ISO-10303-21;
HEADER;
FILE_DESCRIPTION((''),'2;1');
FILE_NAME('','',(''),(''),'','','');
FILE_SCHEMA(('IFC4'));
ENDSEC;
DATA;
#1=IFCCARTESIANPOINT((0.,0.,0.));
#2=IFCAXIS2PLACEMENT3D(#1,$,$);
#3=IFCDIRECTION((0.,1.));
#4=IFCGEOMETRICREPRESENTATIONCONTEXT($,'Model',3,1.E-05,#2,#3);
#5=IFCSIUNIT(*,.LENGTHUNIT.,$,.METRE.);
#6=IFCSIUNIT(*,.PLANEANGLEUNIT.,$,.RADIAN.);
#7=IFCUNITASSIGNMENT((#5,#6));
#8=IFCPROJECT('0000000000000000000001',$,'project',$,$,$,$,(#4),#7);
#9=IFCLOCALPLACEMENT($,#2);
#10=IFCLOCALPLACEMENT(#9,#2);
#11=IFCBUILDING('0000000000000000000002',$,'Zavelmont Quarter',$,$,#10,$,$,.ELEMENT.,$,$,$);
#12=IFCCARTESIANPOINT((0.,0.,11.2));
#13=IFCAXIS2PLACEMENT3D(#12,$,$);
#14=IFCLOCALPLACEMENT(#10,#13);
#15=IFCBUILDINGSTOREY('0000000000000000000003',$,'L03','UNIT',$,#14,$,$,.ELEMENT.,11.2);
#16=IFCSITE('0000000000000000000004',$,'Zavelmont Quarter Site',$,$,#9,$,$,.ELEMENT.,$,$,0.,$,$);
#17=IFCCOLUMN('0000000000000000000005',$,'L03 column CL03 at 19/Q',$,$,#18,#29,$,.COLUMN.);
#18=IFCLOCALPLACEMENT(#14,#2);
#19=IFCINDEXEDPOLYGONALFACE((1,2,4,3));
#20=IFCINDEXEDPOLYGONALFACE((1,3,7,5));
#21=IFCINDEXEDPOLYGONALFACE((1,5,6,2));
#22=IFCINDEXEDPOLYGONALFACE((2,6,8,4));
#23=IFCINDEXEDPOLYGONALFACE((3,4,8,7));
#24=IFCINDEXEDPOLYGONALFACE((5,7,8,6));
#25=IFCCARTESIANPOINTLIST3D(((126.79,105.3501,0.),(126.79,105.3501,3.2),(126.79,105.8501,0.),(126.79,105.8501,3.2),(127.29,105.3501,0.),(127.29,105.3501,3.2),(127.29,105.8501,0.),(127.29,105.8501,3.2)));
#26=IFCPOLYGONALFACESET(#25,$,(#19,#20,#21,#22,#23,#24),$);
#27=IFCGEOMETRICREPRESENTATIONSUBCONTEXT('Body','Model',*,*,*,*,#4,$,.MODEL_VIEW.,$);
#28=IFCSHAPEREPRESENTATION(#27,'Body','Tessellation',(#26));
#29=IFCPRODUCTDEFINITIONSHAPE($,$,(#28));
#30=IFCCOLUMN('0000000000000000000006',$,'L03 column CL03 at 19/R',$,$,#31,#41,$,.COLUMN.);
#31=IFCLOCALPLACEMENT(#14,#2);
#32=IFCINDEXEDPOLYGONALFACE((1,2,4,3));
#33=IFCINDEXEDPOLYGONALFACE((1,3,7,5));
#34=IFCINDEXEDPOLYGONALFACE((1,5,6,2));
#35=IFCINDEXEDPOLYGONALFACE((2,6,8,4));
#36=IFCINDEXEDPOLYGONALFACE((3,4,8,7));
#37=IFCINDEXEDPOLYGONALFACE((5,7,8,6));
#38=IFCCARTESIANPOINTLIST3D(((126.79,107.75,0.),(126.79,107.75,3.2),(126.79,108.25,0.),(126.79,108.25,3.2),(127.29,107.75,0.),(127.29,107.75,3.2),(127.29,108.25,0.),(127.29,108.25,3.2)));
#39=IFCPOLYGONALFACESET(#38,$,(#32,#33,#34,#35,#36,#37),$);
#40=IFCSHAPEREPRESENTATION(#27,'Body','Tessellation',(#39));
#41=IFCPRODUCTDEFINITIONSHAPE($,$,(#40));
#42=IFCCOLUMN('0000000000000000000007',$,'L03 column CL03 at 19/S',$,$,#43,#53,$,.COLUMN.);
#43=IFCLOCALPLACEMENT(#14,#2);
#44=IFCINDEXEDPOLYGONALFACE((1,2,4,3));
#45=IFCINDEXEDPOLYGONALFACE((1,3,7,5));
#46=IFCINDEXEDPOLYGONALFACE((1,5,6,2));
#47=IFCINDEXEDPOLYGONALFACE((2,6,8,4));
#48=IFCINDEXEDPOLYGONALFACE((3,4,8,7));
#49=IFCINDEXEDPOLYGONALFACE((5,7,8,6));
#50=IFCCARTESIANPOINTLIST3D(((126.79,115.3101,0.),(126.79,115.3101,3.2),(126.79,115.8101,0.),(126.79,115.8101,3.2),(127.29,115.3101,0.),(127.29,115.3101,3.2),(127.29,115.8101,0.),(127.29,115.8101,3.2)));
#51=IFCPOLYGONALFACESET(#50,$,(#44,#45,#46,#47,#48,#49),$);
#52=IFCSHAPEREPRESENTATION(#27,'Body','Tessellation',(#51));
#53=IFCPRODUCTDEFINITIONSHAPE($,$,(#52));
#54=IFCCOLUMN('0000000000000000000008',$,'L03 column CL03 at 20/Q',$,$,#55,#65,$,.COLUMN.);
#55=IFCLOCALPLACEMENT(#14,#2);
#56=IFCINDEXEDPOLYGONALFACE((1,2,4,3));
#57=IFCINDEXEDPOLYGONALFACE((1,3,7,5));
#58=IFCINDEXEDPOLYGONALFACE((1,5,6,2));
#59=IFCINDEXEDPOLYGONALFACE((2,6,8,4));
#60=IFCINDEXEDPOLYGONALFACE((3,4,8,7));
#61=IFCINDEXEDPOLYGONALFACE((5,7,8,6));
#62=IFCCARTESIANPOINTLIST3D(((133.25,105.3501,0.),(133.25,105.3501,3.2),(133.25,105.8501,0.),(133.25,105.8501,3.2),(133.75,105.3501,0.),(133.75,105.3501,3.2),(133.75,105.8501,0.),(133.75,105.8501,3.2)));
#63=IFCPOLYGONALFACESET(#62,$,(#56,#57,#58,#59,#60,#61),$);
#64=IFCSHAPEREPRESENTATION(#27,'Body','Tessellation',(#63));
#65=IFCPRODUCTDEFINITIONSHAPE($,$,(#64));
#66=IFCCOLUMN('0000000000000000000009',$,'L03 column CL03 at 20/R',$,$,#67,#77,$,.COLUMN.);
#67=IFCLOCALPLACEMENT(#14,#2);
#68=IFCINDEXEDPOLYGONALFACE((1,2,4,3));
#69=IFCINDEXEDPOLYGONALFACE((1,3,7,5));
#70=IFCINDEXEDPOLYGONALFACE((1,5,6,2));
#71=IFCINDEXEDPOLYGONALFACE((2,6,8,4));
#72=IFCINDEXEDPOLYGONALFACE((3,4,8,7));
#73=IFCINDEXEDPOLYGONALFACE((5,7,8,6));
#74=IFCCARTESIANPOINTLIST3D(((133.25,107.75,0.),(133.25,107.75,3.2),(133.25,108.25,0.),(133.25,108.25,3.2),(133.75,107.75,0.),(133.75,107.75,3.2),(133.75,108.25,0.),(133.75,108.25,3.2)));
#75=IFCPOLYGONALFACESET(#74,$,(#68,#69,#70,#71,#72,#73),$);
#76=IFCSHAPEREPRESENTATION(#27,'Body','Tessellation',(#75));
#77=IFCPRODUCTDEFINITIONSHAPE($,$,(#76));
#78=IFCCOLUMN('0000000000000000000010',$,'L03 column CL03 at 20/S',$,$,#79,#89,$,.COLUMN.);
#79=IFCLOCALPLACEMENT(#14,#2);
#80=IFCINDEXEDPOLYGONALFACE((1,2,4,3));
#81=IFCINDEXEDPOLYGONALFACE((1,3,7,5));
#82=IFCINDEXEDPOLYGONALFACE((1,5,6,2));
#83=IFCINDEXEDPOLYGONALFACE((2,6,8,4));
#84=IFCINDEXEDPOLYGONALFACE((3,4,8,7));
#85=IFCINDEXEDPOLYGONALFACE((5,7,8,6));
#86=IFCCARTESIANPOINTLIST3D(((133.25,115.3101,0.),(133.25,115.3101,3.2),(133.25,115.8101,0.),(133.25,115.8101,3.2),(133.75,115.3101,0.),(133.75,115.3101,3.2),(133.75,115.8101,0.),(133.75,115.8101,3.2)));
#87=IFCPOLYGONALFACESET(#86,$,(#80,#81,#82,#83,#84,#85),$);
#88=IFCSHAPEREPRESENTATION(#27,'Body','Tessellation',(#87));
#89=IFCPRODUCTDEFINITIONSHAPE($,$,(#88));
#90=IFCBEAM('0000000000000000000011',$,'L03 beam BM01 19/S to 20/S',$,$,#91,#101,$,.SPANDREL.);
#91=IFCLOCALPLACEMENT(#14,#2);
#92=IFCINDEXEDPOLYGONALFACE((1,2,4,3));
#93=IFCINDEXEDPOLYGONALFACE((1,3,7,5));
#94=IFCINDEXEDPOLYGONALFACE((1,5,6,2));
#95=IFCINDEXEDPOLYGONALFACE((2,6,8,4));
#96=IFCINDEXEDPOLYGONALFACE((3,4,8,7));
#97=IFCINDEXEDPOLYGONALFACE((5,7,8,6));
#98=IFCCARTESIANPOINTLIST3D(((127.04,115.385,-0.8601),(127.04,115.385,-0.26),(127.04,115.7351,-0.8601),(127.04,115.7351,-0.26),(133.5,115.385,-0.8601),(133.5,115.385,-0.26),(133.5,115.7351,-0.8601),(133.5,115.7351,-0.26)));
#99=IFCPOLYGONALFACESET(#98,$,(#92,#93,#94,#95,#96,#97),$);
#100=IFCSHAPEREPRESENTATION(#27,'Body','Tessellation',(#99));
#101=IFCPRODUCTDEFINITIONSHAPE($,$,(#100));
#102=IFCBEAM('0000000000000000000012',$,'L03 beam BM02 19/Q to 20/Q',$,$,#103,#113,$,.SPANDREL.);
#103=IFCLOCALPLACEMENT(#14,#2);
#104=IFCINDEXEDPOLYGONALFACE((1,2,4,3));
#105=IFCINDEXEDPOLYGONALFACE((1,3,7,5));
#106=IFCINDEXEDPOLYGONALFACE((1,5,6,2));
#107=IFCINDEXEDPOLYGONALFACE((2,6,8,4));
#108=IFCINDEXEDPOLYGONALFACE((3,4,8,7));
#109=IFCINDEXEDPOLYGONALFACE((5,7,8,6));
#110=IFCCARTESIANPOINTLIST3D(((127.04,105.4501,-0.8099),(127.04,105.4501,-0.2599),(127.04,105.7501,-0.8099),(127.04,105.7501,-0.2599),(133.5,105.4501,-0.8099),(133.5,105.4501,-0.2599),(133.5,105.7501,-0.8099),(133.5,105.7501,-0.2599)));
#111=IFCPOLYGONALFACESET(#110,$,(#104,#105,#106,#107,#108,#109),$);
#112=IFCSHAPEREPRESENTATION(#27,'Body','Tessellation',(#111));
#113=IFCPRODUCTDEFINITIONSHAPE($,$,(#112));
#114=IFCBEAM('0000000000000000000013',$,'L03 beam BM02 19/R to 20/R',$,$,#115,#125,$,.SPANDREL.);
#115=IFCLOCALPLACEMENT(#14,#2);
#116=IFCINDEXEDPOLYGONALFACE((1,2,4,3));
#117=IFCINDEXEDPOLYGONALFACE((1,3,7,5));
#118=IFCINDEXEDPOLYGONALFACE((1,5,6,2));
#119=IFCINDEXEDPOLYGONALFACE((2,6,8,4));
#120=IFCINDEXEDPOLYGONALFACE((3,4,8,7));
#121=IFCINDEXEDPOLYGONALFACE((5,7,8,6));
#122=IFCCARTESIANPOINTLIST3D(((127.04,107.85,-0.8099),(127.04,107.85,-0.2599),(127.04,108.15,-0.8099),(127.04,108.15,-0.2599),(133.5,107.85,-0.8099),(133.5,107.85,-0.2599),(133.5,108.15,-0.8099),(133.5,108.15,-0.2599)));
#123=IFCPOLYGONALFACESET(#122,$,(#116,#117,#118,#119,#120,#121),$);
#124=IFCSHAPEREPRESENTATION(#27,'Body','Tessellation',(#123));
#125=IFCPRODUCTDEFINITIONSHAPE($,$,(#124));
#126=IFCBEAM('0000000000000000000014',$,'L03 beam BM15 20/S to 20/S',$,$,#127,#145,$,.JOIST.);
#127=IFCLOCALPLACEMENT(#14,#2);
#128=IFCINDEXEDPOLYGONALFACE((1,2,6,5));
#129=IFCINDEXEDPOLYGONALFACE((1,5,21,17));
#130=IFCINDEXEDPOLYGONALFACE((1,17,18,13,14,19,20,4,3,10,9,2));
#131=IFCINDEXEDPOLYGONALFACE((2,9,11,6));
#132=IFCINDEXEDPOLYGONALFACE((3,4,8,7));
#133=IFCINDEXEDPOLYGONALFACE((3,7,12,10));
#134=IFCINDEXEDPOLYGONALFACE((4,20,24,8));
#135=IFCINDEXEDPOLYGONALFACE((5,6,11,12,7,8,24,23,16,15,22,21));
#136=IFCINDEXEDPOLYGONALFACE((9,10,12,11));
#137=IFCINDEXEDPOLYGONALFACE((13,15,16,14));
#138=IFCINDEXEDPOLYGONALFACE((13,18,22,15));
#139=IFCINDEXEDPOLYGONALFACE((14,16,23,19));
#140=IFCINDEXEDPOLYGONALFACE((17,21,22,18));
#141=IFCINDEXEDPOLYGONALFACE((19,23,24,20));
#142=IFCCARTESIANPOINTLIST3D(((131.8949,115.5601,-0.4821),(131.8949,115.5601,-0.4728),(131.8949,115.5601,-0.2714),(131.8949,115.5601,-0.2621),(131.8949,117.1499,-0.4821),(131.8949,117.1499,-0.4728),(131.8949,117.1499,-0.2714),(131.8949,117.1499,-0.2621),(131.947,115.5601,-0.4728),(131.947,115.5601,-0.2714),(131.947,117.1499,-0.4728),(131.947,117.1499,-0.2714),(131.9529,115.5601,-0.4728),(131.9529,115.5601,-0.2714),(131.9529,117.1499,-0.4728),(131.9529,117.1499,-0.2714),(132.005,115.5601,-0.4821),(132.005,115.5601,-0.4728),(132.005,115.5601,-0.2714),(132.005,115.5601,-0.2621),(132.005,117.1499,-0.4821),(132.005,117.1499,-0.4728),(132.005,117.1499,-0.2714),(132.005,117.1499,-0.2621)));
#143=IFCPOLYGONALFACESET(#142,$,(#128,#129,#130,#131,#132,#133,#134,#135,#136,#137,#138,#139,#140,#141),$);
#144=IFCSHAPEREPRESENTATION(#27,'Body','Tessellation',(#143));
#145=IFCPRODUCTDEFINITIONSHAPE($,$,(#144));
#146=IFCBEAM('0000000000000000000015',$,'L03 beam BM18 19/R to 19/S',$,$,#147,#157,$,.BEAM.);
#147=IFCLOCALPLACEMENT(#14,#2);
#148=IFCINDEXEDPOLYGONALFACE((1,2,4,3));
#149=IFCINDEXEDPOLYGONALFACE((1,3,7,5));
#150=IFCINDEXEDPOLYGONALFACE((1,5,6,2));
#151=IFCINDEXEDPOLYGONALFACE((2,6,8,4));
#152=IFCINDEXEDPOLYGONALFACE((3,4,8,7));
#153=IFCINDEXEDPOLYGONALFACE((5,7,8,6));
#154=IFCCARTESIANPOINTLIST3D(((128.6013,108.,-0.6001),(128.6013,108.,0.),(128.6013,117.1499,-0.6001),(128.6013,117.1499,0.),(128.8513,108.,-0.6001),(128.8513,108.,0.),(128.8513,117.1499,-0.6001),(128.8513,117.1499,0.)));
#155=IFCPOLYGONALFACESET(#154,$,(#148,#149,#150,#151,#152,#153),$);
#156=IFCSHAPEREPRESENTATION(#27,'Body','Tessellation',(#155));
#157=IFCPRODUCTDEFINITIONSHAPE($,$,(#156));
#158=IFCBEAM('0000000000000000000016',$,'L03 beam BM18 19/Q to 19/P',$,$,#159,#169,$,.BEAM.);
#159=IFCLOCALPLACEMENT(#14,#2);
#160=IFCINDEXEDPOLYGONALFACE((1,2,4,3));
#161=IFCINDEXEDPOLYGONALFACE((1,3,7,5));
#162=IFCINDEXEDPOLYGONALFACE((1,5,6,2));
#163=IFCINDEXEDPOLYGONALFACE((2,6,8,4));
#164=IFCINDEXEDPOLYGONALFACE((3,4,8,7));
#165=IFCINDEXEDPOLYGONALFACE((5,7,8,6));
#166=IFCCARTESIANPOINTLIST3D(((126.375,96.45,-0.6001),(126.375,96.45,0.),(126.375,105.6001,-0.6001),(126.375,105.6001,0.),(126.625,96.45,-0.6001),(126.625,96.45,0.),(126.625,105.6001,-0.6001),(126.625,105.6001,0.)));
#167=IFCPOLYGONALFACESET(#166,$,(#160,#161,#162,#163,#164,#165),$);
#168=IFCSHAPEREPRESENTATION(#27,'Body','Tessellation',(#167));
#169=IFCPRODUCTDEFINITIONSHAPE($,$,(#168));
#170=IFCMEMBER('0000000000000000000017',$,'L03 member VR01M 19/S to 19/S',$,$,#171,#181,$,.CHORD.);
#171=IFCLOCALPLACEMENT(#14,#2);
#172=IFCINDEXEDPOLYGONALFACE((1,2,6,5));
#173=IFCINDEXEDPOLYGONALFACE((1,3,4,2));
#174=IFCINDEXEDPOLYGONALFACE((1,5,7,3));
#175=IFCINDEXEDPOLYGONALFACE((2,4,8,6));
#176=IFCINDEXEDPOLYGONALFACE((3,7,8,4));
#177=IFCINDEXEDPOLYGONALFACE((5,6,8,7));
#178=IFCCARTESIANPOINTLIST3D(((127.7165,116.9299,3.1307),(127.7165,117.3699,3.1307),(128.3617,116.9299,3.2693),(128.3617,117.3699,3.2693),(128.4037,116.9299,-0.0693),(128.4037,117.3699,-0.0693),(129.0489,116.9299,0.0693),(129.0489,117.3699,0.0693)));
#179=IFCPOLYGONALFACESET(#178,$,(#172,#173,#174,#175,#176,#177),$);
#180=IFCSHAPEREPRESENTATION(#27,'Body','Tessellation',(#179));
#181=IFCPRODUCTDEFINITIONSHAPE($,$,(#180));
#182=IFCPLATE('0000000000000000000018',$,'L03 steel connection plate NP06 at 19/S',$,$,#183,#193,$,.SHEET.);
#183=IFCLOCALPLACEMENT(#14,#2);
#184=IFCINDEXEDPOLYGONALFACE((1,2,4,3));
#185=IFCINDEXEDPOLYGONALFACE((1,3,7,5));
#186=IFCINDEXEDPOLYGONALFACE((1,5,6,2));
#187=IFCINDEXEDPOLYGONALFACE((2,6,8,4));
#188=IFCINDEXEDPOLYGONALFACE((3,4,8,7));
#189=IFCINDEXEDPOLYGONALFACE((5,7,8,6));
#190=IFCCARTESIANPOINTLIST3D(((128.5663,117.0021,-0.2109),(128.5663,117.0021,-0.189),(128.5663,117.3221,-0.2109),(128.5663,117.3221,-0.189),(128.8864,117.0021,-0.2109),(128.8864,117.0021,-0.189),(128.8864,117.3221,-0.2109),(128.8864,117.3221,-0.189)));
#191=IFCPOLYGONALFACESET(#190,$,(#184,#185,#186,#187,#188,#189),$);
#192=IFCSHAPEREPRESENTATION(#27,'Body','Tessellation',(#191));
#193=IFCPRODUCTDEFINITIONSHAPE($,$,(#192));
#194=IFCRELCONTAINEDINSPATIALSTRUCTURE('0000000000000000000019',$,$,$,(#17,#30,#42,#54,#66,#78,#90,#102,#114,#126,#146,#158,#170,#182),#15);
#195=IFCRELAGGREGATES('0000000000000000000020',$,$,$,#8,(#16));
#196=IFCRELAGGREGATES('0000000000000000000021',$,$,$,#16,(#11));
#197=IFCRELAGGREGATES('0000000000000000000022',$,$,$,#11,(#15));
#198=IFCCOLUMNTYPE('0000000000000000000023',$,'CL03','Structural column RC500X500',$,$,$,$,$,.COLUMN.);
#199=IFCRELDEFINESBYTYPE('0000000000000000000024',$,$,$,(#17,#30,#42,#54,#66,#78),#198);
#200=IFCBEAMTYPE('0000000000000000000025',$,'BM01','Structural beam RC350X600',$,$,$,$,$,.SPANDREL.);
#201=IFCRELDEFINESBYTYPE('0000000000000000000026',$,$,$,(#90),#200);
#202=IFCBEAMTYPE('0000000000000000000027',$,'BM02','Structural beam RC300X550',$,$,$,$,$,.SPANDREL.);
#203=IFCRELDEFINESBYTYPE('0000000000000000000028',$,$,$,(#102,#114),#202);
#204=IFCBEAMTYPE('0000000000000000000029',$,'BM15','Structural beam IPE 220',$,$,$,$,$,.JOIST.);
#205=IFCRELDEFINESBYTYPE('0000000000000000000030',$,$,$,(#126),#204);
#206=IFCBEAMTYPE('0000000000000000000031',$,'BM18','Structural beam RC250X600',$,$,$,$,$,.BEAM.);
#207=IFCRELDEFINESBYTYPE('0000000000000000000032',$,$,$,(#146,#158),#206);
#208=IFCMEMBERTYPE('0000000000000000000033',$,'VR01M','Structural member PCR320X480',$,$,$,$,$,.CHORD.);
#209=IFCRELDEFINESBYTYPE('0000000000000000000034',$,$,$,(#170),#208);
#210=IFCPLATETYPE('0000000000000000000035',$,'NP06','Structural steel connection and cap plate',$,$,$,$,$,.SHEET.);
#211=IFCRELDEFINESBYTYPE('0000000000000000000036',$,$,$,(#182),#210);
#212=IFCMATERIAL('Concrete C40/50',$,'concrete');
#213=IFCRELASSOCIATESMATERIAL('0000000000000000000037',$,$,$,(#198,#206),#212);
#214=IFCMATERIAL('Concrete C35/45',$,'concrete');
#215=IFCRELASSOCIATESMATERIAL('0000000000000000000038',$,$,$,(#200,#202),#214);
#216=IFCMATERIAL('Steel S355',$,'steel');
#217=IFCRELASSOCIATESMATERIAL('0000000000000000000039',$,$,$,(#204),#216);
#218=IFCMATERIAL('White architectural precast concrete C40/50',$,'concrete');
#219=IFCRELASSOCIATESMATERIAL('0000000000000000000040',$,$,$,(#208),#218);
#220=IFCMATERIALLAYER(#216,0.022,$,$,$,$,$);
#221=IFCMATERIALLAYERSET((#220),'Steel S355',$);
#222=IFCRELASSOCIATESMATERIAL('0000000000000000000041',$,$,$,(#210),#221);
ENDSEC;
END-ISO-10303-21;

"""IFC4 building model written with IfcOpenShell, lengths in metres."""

from ifc_helpers import new_model, si_unit, direction, frame, origin, origin_2d, place, context, subcontext, project, spatial, rectangle, i_section, extrude, material, layer, layer_set, material_profile, profile_set, type_object, element, save


model = new_model("IFC4")

# Units and contexts
model_context = context("Model", 3, precision=1e-05, world=origin(), true_north=direction((0.0, 1.0)))
body_context = subcontext(model_context, "Body", "Model", "MODEL_VIEW")
ifc_project = project(units=[si_unit("LENGTHUNIT", "METRE"), si_unit("PLANEANGLEUNIT", "RADIAN")], contexts=[model_context])

# Site, building, storey
site_placement = place(None, origin())
site = spatial("IfcSite", under=ifc_project, at=site_placement, Name="Zavelmont Quarter Site", CompositionType="ELEMENT", RefElevation=0.0)
building_placement = place(site_placement, origin())
building = spatial("IfcBuilding", under=site, at=building_placement, Name="Zavelmont Quarter", CompositionType="ELEMENT")
storey_placement = place(building_placement, frame((0.0, 0.0, 11.2)))
storey = spatial("IfcBuildingStorey", under=building, at=storey_placement, Name="L03", Description="UNIT", CompositionType="ELEMENT", Elevation=11.2)

# Columns
ifc_material_1 = material(Name="Concrete C40/50", Category="concrete")
ifc_material_profile_1 = material_profile(ifc_material_1, rectangle(XDim=0.5, YDim=0.5, at=origin_2d()), Name="RC500X500")
ifc_profile_set_1 = profile_set([ifc_material_profile_1], Name="Concrete C40/50")
column_type = type_object("IfcColumnType", Name="CL03", Description="Structural column RC500X500", PredefinedType="COLUMN", material=ifc_profile_set_1)
for number, where, z_axis, x_axis, name in (
    (1, (127.04, 105.6001, 0.0), (0.0, 0.0, 1.0), (1.0, 0.0, 0.0), "L03 column CL03 at 19/Q"),
    (2, (127.04, 108.0, 0.0), (0.0, 0.0, 1.0), (1.0, 0.0, 0.0), "L03 column CL03 at 19/R"),
    (3, (127.04, 115.5601, 0.0), (0.0, 0.0, 1.0), (1.0, 0.0, 0.0), "L03 column CL03 at 19/S"),
    (4, (133.5, 105.6001, 0.0), (0.0, 0.0, 1.0), (1.0, 0.0, 0.0), "L03 column CL03 at 20/Q"),
    (5, (133.5, 108.0, 0.0), (0.0, 0.0, 1.0), (1.0, 0.0, 0.0), "L03 column CL03 at 20/R"),
    (6, (133.5, 115.5601, 0.0), (0.0, 0.0, 1.0), (1.0, 0.0, 0.0), "L03 column CL03 at 20/S"),
):
    element("IfcColumn", number, at=place(storey_placement, frame(where, z_axis=z_axis, x_axis=x_axis)), inside=storey, type_object=column_type, Name=name, PredefinedType="COLUMN", context=body_context, shape_type="SweptSolid", body=[
        extrude(rectangle(XDim=0.5, YDim=0.5, at=origin_2d()), origin(), (0.0, 0.0, 1.0), 3.2),
    ])

# Beams
ifc_material_2 = material(Name="Concrete C35/45", Category="concrete")
ifc_material_profile_2 = material_profile(ifc_material_2, rectangle(XDim=0.3501, YDim=0.6001, at=origin_2d()), Name="RC350X600")
ifc_profile_set_2 = profile_set([ifc_material_profile_2], Name="Concrete C35/45")
beam_type_1 = type_object("IfcBeamType", Name="BM01", Description="Structural beam RC350X600", PredefinedType="SPANDREL", material=ifc_profile_set_2)
beam_1_placement = place(storey_placement, frame((127.04, 115.5601, -0.5601), z_axis=(1.0, 0.0, 0.0), x_axis=(0.0, 1.0, 0.0)))
element("IfcBeam", 7, at=beam_1_placement, inside=storey, type_object=beam_type_1, Name="L03 beam BM01 19/S to 20/S", PredefinedType="SPANDREL", context=body_context, shape_type="SweptSolid", body=[
    extrude(rectangle(XDim=0.3501, YDim=0.6001, at=origin_2d()), origin(), (0.0, 0.0, 1.0), 6.46),
])
ifc_material_profile_3 = material_profile(ifc_material_2, rectangle(XDim=0.3, YDim=0.55, at=origin_2d()), Name="RC300X550")
ifc_profile_set_3 = profile_set([ifc_material_profile_3], Name="Concrete C35/45")
beam_type_2 = type_object("IfcBeamType", Name="BM02", Description="Structural beam RC300X550", PredefinedType="SPANDREL", material=ifc_profile_set_3)
for number, where, z_axis, x_axis, name in (
    (8, (127.04, 105.6001, -0.5349), (1.0, 0.0, 0.0), (0.0, 1.0, 0.0), "L03 beam BM02 19/Q to 20/Q"),
    (9, (127.04, 108.0, -0.5349), (1.0, 0.0, 0.0), (0.0, 1.0, 0.0), "L03 beam BM02 19/R to 20/R"),
):
    element("IfcBeam", number, at=place(storey_placement, frame(where, z_axis=z_axis, x_axis=x_axis)), inside=storey, type_object=beam_type_2, Name=name, PredefinedType="SPANDREL", context=body_context, shape_type="SweptSolid", body=[
        extrude(rectangle(XDim=0.3, YDim=0.55, at=origin_2d()), origin(), (0.0, 0.0, 1.0), 6.46),
    ])
ifc_material_3 = material(Name="Steel S355", Category="steel")
ifc_material_profile_4 = material_profile(ifc_material_3, i_section(OverallWidth=0.1101, OverallDepth=0.22, WebThickness=0.0059, FlangeThickness=0.0093, at=origin_2d()), Name="IPE 220")
ifc_profile_set_4 = profile_set([ifc_material_profile_4], Name="Steel S355")
beam_type_3 = type_object("IfcBeamType", Name="BM15", Description="Structural beam IPE 220", PredefinedType="JOIST", material=ifc_profile_set_4)
beam_2_placement = place(storey_placement, frame((131.95, 115.5601, -0.3721), z_axis=(0.0, 1.0, 0.0), x_axis=(-1.0, 0.0, 0.0)))
element("IfcBeam", 10, at=beam_2_placement, inside=storey, type_object=beam_type_3, Name="L03 beam BM15 20/S to 20/S", PredefinedType="JOIST", context=body_context, shape_type="SweptSolid", body=[
    extrude(i_section(OverallWidth=0.1101, OverallDepth=0.22, WebThickness=0.0059, FlangeThickness=0.0093, at=origin_2d()), origin(), (0.0, 0.0, 1.0), 1.5898),
])
ifc_material_profile_5 = material_profile(ifc_material_1, rectangle(XDim=0.25, YDim=0.6001, at=origin_2d()), Name="RC250X600")
ifc_profile_set_5 = profile_set([ifc_material_profile_5], Name="Concrete C40/50")
beam_type_4 = type_object("IfcBeamType", Name="BM18", Description="Structural beam RC250X600", PredefinedType="BEAM", material=ifc_profile_set_5)
beam_3_placement = place(storey_placement, frame((128.7263, 108.0, -0.3), z_axis=(0.0, 1.0, 0.0), x_axis=(-1.0, 0.0, 0.0)))
element("IfcBeam", 11, at=beam_3_placement, inside=storey, type_object=beam_type_4, Name="L03 beam BM18 19/R to 19/S", PredefinedType="BEAM", context=body_context, shape_type="SweptSolid", body=[
    extrude(rectangle(XDim=0.25, YDim=0.6001, at=origin_2d()), origin(), (0.0, 0.0, 1.0), 9.1499),
])
beam_4_placement = place(storey_placement, frame((126.5, 105.6001, -0.3), z_axis=(0.0, -1.0, 0.0), x_axis=(1.0, 0.0, 0.0)))
element("IfcBeam", 12, at=beam_4_placement, inside=storey, type_object=beam_type_4, Name="L03 beam BM18 19/Q to 19/P", PredefinedType="BEAM", context=body_context, shape_type="SweptSolid", body=[
    extrude(rectangle(XDim=0.25, YDim=0.6001, at=origin_2d()), origin(), (0.0, 0.0, 1.0), 9.1501),
])

# Member
ifc_material_4 = material(Name="White architectural precast concrete C40/50", Category="concrete")
ifc_material_profile_6 = material_profile(ifc_material_4, rectangle(XDim=0.4399, YDim=0.6599, at=origin_2d()), Name="PCR320X480")
ifc_profile_set_6 = profile_set([ifc_material_profile_6], Name="White architectural precast concrete C40/50")
member_type = type_object("IfcMemberType", Name="VR01M", Description="Structural member PCR320X480", PredefinedType="CHORD", material=ifc_profile_set_6)
member_placement = place(storey_placement, frame((128.7263, 117.1499, 0.0), z_axis=(-0.209982, 0.0, 0.977705), x_axis=(0.0, -1.0, 0.0)))
element("IfcMember", 13, at=member_placement, inside=storey, type_object=member_type, Name="L03 member VR01M 19/S to 19/S", PredefinedType="CHORD", context=body_context, shape_type="SweptSolid", body=[
    extrude(rectangle(XDim=0.4399, YDim=0.6599, at=origin_2d()), origin(), (0.0, 0.0, 1.0), 3.2729),
])

# Plate
ifc_layer_1 = layer(ifc_material_3, 0.022)
ifc_layer_set_1 = layer_set([ifc_layer_1], Name="Steel S355")
plate_type = type_object("IfcPlateType", Name="NP06", Description="Structural steel connection and cap plate", PredefinedType="SHEET", material=ifc_layer_set_1)
plate_placement = place(storey_placement, frame((128.7263, 117.1621, -0.2109), z_axis=(0.0, 0.0, 1.0), x_axis=(1.0, 0.0, 0.0)))
element("IfcPlate", 14, at=plate_placement, inside=storey, type_object=plate_type, Name="L03 steel connection plate NP06 at 19/S", PredefinedType="SHEET", context=body_context, shape_type="SweptSolid", body=[
    extrude(rectangle(XDim=0.3201, YDim=0.3201, at=origin_2d()), origin(), (0.0, 0.0, 1.0), 0.022),
])

save(model, "model.ifc")
